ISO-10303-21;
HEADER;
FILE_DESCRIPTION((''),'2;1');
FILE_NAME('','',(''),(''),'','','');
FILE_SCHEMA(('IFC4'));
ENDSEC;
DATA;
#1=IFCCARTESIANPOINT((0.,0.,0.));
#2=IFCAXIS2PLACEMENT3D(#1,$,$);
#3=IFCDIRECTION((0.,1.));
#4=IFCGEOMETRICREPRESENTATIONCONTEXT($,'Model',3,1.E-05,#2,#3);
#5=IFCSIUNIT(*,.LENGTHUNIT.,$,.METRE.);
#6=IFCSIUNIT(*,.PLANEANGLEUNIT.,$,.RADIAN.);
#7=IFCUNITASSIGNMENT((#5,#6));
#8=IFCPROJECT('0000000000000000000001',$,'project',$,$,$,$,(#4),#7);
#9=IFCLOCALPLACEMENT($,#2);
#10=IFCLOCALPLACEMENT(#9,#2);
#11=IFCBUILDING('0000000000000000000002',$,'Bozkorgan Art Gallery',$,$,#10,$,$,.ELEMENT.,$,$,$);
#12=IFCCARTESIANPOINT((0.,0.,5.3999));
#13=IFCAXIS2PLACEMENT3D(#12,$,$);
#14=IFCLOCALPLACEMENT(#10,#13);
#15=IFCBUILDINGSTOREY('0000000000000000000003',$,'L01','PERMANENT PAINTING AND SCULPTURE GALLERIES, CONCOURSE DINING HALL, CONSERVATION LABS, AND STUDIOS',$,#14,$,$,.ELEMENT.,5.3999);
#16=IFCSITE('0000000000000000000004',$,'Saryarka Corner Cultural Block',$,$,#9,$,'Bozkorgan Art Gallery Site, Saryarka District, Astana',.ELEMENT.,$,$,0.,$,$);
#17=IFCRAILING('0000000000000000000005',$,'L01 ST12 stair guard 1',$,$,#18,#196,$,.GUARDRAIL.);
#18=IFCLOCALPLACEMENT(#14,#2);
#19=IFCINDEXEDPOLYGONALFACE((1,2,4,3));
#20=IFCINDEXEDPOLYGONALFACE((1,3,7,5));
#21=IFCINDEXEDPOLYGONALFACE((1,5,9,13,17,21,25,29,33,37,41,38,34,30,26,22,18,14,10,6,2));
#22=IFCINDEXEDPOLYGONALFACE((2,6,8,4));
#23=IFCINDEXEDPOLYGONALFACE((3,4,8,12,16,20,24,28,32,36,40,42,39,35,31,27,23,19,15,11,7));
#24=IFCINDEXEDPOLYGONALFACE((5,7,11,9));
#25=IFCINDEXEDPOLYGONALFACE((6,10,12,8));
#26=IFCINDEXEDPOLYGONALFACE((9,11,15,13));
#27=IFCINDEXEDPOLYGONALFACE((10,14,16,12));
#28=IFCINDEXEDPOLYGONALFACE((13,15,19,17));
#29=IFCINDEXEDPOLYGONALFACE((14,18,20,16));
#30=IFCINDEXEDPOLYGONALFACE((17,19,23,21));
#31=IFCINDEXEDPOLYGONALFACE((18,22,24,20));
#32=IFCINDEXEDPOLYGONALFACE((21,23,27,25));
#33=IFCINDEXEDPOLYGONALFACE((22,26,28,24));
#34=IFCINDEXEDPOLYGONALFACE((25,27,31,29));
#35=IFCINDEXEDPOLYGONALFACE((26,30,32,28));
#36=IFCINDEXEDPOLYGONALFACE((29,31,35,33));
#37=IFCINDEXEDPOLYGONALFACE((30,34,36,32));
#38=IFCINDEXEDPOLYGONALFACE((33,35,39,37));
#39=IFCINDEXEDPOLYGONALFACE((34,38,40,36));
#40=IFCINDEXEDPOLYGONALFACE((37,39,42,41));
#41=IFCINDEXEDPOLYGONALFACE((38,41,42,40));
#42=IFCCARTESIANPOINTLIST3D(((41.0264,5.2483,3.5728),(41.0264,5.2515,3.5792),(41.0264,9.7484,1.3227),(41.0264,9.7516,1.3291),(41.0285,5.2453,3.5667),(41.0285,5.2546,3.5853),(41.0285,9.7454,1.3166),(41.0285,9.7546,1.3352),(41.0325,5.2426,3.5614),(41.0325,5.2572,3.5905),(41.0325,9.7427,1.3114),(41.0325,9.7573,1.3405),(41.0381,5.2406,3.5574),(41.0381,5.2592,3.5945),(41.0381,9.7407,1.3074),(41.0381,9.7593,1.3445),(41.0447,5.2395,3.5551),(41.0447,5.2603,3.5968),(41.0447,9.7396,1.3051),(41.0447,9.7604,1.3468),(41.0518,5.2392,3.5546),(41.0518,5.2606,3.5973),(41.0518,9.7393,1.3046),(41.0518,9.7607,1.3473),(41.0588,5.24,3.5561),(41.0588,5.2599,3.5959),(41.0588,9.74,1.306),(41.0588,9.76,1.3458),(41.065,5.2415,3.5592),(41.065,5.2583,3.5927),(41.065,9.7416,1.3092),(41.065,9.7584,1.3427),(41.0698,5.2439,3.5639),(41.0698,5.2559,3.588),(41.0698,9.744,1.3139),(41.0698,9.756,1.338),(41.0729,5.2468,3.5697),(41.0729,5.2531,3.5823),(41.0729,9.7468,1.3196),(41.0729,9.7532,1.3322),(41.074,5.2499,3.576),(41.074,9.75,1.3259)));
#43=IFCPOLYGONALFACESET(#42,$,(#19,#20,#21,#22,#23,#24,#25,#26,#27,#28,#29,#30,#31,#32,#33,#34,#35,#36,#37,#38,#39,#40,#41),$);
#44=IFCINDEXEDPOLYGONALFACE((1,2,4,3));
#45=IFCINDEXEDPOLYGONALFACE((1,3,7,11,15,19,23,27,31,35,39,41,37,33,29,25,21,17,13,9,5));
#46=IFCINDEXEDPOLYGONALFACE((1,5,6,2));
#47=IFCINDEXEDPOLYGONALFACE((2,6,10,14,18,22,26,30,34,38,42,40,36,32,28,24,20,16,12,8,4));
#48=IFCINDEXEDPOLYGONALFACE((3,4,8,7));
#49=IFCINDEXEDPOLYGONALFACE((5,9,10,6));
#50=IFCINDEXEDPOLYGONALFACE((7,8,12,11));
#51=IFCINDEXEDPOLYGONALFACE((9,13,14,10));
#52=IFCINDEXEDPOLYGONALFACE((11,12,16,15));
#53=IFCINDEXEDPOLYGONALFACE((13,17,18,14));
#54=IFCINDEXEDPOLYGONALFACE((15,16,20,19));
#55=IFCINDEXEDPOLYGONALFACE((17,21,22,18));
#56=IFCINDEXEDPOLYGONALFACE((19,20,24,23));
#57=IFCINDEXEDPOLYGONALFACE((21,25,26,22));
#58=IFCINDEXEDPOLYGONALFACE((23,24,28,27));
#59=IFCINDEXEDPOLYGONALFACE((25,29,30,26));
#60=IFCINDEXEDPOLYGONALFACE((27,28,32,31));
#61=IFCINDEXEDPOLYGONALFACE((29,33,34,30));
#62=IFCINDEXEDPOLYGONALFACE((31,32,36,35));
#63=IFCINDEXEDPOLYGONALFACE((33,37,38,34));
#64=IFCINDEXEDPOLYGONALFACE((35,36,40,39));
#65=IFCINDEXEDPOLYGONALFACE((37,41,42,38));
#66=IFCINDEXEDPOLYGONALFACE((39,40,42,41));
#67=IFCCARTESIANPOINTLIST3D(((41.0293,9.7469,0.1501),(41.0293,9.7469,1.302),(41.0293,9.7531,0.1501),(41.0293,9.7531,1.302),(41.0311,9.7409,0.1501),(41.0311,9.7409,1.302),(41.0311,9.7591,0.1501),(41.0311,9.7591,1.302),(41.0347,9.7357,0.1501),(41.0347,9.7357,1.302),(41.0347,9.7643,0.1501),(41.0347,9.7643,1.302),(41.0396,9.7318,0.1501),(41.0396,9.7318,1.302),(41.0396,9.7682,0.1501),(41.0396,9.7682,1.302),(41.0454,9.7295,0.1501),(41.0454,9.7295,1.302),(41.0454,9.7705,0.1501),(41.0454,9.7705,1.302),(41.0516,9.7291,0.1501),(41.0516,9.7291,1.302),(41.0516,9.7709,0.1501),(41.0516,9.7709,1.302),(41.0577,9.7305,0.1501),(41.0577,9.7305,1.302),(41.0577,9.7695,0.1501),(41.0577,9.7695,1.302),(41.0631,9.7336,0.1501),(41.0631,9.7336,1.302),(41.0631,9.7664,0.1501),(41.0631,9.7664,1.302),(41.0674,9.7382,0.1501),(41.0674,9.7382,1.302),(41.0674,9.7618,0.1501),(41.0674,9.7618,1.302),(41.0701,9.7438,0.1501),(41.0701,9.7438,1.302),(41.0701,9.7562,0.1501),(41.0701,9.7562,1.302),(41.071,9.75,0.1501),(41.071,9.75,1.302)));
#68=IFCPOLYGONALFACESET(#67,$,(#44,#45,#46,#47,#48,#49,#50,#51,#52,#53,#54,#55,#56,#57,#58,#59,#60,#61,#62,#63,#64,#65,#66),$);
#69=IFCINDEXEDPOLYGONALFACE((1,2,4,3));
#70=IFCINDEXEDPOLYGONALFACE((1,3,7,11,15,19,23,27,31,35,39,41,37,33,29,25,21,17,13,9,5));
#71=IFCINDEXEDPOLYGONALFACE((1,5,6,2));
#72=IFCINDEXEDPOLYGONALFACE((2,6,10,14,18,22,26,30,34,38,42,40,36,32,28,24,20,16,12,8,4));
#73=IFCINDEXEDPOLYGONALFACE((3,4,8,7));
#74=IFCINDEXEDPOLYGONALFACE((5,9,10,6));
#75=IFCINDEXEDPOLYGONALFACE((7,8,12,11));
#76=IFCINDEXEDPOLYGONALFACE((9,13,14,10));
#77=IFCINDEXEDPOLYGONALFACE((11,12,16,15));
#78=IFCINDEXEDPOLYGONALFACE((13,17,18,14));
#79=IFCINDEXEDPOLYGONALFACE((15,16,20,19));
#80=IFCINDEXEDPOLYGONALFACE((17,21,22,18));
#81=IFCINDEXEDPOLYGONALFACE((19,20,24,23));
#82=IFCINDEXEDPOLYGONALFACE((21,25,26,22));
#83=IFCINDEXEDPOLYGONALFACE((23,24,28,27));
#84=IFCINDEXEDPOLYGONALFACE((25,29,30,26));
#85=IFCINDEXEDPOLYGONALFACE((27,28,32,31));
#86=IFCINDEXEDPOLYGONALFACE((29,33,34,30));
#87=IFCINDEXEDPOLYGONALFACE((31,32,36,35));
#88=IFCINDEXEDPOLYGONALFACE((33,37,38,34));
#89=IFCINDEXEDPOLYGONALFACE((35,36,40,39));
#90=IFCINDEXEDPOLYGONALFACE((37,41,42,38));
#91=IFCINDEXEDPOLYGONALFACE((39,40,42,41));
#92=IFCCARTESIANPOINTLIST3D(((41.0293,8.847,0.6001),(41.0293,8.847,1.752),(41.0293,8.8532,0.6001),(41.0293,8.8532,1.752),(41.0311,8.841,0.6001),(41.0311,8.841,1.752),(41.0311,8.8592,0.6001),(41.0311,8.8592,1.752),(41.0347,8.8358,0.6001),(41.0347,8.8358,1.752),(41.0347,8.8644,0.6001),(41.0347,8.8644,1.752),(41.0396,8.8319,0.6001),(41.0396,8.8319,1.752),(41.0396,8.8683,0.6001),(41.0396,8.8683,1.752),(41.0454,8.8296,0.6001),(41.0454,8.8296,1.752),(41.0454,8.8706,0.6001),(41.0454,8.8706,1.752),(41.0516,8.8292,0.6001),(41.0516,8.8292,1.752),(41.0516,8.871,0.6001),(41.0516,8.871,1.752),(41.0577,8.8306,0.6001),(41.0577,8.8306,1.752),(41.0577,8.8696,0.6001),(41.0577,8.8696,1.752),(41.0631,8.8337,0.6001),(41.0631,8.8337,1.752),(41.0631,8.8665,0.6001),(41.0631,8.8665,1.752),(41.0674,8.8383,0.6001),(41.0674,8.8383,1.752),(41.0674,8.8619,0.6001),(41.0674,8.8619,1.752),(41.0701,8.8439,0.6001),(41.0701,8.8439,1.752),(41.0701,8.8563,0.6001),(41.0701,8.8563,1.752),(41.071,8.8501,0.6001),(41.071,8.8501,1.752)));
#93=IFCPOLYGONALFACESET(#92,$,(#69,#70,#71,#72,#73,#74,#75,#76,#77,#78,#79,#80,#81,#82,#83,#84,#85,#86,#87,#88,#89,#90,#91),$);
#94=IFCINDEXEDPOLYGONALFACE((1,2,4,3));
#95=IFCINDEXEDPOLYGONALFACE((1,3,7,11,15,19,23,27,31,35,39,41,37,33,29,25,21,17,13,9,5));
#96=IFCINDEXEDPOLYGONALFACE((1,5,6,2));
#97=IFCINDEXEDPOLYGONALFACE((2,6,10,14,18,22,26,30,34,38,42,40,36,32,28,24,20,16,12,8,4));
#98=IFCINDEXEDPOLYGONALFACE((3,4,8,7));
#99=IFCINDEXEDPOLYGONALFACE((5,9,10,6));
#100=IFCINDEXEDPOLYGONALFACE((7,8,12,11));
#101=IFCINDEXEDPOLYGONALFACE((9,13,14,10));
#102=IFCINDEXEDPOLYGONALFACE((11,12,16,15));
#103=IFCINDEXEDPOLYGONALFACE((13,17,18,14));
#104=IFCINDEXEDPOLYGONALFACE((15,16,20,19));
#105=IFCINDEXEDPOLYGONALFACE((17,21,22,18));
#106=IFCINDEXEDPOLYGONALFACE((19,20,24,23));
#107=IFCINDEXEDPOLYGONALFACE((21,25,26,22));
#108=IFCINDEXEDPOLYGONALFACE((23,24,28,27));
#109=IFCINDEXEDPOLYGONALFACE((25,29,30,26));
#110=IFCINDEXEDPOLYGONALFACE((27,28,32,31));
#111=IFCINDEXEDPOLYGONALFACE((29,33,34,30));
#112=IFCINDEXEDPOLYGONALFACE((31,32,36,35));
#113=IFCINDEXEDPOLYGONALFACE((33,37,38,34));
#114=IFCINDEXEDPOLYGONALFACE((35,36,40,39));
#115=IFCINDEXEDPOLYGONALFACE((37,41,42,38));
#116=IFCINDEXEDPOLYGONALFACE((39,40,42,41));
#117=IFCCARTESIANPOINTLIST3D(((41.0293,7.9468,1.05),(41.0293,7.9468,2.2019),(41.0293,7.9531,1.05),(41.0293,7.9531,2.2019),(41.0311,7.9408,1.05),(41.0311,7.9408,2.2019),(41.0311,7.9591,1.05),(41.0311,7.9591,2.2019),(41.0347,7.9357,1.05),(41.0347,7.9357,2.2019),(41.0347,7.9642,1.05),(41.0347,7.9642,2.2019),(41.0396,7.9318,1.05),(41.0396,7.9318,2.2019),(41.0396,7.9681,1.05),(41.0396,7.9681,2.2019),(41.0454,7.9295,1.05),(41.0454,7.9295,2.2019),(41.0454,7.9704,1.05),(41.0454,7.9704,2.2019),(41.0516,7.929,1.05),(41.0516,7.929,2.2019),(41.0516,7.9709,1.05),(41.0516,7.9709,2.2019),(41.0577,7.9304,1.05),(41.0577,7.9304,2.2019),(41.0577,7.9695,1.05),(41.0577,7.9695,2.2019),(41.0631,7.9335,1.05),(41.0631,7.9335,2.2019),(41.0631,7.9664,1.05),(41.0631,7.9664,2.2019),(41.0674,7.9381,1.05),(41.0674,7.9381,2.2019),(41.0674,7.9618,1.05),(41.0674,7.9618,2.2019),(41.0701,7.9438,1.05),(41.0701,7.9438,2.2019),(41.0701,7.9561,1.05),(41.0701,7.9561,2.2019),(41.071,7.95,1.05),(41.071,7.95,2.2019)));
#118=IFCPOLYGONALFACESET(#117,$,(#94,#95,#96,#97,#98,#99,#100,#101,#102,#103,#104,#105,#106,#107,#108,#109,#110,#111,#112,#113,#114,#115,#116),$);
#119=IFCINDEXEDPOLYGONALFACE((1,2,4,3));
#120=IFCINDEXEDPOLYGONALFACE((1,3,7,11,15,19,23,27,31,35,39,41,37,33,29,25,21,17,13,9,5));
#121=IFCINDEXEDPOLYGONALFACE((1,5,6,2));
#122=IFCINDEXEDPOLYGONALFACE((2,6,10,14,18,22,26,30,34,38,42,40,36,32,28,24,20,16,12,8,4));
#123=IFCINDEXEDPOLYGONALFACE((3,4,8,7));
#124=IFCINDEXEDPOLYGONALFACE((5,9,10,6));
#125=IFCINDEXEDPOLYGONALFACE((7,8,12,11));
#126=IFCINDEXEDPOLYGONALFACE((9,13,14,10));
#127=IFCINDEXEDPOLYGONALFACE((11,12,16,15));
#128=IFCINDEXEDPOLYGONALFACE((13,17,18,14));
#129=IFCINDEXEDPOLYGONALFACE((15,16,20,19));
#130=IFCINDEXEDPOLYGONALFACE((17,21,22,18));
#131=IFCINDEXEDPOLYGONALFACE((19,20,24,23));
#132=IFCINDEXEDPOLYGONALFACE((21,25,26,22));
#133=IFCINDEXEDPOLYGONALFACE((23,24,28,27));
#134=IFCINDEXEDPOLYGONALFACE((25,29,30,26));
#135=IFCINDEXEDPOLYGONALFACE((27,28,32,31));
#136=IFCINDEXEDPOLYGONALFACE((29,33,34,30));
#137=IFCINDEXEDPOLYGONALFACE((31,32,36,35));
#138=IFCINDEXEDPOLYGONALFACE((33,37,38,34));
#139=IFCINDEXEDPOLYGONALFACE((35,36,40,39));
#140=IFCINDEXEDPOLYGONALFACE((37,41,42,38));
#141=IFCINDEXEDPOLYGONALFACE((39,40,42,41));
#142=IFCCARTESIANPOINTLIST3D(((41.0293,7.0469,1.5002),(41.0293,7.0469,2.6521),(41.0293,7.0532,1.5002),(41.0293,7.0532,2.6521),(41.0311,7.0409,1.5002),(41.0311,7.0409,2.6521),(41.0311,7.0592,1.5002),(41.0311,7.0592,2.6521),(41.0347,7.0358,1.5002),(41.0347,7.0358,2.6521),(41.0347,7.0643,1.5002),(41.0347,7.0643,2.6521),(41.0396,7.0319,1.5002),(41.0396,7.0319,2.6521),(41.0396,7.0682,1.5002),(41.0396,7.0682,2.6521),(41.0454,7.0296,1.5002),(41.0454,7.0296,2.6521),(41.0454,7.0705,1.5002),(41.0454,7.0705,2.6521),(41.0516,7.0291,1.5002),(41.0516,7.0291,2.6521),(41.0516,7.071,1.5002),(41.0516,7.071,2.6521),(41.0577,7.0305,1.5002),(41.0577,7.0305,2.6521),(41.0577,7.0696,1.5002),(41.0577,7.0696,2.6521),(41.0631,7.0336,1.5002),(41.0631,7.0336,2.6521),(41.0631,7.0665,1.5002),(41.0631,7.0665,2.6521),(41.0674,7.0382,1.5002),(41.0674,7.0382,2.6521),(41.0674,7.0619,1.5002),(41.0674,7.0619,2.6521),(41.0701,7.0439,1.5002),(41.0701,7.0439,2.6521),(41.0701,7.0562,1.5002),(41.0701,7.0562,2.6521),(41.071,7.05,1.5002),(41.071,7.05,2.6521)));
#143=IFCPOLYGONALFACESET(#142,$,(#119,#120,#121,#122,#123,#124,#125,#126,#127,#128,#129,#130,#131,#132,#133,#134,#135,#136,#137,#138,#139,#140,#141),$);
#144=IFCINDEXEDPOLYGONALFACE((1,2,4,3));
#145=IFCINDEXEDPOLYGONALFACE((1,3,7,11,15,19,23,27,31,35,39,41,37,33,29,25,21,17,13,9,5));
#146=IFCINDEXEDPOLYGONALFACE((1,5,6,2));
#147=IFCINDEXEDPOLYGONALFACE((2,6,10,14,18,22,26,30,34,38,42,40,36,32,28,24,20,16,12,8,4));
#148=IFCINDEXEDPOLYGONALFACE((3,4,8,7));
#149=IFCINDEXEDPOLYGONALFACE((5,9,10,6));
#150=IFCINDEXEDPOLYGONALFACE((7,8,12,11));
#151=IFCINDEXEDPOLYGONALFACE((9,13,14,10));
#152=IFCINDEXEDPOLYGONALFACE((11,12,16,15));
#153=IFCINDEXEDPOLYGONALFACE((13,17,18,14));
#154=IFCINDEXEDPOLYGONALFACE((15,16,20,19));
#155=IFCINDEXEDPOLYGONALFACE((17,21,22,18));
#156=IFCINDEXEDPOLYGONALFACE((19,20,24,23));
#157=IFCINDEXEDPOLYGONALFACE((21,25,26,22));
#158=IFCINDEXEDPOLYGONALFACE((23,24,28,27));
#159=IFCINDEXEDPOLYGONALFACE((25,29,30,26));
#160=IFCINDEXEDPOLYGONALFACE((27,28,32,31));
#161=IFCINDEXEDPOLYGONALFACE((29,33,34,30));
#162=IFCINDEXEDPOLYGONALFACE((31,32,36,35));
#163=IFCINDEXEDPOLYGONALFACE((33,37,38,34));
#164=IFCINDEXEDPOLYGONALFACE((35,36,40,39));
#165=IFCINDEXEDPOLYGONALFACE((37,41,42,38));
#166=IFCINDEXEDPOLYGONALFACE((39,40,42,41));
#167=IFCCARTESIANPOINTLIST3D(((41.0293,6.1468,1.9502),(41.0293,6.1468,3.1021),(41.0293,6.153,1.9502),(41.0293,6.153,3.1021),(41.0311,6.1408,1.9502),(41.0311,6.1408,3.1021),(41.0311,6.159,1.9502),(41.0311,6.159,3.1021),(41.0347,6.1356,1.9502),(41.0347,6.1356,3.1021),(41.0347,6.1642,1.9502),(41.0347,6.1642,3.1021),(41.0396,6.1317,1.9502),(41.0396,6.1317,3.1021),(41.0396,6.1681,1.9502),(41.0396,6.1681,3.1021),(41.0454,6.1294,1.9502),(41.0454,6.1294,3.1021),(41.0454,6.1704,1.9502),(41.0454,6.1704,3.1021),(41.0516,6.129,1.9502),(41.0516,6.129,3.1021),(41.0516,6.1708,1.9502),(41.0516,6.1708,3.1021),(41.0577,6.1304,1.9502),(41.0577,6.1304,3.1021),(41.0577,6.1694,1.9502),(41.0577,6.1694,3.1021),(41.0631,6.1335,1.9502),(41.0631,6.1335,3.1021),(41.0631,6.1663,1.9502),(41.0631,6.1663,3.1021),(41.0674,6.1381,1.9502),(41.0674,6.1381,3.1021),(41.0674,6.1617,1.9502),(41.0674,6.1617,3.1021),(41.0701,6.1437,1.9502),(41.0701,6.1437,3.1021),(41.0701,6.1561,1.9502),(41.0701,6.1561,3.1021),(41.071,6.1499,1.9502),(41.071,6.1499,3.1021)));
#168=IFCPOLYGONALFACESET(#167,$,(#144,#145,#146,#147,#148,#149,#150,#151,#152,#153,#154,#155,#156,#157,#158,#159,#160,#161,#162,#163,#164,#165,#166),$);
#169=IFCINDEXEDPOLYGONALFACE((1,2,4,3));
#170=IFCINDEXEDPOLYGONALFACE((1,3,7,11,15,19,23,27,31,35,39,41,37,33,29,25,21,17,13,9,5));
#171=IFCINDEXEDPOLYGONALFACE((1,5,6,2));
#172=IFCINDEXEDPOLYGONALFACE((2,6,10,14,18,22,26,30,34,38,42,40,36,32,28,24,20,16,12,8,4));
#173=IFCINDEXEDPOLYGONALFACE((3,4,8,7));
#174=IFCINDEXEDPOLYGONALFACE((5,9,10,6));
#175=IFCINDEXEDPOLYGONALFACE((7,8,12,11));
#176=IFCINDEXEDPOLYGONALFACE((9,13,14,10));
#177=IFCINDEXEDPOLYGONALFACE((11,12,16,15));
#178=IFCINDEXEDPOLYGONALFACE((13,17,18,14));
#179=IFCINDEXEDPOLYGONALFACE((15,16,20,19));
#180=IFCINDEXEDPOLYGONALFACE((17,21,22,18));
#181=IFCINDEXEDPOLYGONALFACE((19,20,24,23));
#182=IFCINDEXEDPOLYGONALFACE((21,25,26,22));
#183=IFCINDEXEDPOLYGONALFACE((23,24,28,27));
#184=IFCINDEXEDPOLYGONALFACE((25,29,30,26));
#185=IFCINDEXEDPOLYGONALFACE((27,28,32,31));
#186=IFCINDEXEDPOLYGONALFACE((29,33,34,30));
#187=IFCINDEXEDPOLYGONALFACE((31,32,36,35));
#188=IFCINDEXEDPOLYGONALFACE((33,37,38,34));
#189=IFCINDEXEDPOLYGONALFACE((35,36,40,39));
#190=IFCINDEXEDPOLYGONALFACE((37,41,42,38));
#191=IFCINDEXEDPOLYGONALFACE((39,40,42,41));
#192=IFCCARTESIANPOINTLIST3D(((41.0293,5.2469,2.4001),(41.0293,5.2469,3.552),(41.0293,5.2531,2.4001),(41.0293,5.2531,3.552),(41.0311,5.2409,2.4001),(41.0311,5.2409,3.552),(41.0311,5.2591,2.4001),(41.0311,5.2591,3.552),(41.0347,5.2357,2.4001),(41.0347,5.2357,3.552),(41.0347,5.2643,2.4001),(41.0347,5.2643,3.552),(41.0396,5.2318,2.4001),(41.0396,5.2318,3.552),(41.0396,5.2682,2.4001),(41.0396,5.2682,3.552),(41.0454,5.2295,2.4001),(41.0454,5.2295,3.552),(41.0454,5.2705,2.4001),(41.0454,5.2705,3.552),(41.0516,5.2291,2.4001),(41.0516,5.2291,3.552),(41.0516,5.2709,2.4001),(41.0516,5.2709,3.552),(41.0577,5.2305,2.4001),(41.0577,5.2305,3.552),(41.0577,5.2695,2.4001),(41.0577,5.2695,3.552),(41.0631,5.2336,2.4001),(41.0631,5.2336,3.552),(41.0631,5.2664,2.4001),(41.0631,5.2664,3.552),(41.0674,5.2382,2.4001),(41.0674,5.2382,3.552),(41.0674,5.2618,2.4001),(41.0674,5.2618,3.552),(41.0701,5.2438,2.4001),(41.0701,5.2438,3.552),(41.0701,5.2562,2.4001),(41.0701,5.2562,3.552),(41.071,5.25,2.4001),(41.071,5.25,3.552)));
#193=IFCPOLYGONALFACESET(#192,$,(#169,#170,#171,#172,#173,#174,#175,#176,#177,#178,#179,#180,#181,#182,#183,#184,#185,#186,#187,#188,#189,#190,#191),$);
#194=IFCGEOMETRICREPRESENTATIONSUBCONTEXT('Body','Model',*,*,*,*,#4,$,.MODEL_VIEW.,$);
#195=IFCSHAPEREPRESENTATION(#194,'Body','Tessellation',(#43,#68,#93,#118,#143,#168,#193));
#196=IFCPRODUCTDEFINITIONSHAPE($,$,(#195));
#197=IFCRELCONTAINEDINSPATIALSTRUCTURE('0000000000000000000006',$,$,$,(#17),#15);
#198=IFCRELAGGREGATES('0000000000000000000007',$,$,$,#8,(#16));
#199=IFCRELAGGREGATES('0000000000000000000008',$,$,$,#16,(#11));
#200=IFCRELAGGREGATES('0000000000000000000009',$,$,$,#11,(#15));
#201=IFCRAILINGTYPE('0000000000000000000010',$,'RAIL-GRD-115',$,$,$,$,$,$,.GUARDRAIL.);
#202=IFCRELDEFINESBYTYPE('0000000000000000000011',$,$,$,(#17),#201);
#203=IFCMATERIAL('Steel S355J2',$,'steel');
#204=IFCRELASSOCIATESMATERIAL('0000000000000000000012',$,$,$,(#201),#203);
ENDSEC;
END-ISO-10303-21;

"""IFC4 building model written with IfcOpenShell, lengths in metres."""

from ifc_helpers import new_model, si_unit, direction, frame, origin, origin_2d, place, context, subcontext, project, spatial, circle, extrude, material, type_object, element, save


model = new_model("IFC4")

# Units and contexts
model_context = context("Model", 3, precision=1e-05, world=origin(), true_north=direction((0.0, 1.0)))
body_context = subcontext(model_context, "Body", "Model", "MODEL_VIEW")
ifc_project = project(units=[si_unit("LENGTHUNIT", "METRE"), si_unit("PLANEANGLEUNIT", "RADIAN")], contexts=[model_context])

# Site, building, storey
site_placement = place(None, origin())
site = spatial("IfcSite", under=ifc_project, at=site_placement, Name="Saryarka Corner Cultural Block", LongName="Bozkorgan Art Gallery Site, Saryarka District, Astana", CompositionType="ELEMENT", RefElevation=0.0)
building_placement = place(site_placement, origin())
building = spatial("IfcBuilding", under=site, at=building_placement, Name="Bozkorgan Art Gallery", CompositionType="ELEMENT")
storey_placement = place(building_placement, frame((0.0, 0.0, 5.3999)))
storey = spatial("IfcBuildingStorey", under=building, at=storey_placement, Name="L01", Description="PERMANENT PAINTING AND SCULPTURE GALLERIES, CONCOURSE DINING HALL, CONSERVATION LABS, AND STUDIOS", CompositionType="ELEMENT", Elevation=5.3999)

# Shared definitions
ifc_material_1 = material(Name="Steel S355J2", Category="steel")

# Railing
railing_type_1 = type_object("IfcRailingType", Name="RAIL-GRD-115", PredefinedType="GUARDRAIL", material=ifc_material_1)
railing_1_placement = place(storey_placement, frame((41.05, 9.75, 0.1501)))
element("IfcRailing", 1, at=railing_1_placement, inside=storey, type_object=railing_type_1, Name="L01 ST12 stair guard 1", PredefinedType="GUARDRAIL", context=body_context, shape_type="SweptSolid", body=[
    extrude(circle(Radius=0.0239, at=origin_2d()), frame((0.0, 0.0, 1.1758), z_axis=(0.0, -0.894427, 0.447214), x_axis=(1.0, 0.0, 0.0)), (0.0, 0.0, 1.0), 5.0312),
    extrude(circle(Radius=0.021, at=origin_2d()), origin(), (0.0, 0.0, 1.0), 1.1519),
    extrude(circle(Radius=0.021, at=origin_2d()), frame((0.0, -0.8999, 0.45)), (0.0, 0.0, 1.0), 1.1519),
    extrude(circle(Radius=0.021, at=origin_2d()), frame((0.0, -1.8, 0.8999)), (0.0, 0.0, 1.0), 1.1519),
    extrude(circle(Radius=0.021, at=origin_2d()), frame((0.0, -2.7, 1.3501)), (0.0, 0.0, 1.0), 1.1519),
    extrude(circle(Radius=0.021, at=origin_2d()), frame((0.0, -3.6001, 1.8)), (0.0, 0.0, 1.0), 1.1519),
    extrude(circle(Radius=0.021, at=origin_2d()), frame((0.0, -4.5, 2.25)), (0.0, 0.0, 1.0), 1.1519),
])

save(model, "model.ifc")
